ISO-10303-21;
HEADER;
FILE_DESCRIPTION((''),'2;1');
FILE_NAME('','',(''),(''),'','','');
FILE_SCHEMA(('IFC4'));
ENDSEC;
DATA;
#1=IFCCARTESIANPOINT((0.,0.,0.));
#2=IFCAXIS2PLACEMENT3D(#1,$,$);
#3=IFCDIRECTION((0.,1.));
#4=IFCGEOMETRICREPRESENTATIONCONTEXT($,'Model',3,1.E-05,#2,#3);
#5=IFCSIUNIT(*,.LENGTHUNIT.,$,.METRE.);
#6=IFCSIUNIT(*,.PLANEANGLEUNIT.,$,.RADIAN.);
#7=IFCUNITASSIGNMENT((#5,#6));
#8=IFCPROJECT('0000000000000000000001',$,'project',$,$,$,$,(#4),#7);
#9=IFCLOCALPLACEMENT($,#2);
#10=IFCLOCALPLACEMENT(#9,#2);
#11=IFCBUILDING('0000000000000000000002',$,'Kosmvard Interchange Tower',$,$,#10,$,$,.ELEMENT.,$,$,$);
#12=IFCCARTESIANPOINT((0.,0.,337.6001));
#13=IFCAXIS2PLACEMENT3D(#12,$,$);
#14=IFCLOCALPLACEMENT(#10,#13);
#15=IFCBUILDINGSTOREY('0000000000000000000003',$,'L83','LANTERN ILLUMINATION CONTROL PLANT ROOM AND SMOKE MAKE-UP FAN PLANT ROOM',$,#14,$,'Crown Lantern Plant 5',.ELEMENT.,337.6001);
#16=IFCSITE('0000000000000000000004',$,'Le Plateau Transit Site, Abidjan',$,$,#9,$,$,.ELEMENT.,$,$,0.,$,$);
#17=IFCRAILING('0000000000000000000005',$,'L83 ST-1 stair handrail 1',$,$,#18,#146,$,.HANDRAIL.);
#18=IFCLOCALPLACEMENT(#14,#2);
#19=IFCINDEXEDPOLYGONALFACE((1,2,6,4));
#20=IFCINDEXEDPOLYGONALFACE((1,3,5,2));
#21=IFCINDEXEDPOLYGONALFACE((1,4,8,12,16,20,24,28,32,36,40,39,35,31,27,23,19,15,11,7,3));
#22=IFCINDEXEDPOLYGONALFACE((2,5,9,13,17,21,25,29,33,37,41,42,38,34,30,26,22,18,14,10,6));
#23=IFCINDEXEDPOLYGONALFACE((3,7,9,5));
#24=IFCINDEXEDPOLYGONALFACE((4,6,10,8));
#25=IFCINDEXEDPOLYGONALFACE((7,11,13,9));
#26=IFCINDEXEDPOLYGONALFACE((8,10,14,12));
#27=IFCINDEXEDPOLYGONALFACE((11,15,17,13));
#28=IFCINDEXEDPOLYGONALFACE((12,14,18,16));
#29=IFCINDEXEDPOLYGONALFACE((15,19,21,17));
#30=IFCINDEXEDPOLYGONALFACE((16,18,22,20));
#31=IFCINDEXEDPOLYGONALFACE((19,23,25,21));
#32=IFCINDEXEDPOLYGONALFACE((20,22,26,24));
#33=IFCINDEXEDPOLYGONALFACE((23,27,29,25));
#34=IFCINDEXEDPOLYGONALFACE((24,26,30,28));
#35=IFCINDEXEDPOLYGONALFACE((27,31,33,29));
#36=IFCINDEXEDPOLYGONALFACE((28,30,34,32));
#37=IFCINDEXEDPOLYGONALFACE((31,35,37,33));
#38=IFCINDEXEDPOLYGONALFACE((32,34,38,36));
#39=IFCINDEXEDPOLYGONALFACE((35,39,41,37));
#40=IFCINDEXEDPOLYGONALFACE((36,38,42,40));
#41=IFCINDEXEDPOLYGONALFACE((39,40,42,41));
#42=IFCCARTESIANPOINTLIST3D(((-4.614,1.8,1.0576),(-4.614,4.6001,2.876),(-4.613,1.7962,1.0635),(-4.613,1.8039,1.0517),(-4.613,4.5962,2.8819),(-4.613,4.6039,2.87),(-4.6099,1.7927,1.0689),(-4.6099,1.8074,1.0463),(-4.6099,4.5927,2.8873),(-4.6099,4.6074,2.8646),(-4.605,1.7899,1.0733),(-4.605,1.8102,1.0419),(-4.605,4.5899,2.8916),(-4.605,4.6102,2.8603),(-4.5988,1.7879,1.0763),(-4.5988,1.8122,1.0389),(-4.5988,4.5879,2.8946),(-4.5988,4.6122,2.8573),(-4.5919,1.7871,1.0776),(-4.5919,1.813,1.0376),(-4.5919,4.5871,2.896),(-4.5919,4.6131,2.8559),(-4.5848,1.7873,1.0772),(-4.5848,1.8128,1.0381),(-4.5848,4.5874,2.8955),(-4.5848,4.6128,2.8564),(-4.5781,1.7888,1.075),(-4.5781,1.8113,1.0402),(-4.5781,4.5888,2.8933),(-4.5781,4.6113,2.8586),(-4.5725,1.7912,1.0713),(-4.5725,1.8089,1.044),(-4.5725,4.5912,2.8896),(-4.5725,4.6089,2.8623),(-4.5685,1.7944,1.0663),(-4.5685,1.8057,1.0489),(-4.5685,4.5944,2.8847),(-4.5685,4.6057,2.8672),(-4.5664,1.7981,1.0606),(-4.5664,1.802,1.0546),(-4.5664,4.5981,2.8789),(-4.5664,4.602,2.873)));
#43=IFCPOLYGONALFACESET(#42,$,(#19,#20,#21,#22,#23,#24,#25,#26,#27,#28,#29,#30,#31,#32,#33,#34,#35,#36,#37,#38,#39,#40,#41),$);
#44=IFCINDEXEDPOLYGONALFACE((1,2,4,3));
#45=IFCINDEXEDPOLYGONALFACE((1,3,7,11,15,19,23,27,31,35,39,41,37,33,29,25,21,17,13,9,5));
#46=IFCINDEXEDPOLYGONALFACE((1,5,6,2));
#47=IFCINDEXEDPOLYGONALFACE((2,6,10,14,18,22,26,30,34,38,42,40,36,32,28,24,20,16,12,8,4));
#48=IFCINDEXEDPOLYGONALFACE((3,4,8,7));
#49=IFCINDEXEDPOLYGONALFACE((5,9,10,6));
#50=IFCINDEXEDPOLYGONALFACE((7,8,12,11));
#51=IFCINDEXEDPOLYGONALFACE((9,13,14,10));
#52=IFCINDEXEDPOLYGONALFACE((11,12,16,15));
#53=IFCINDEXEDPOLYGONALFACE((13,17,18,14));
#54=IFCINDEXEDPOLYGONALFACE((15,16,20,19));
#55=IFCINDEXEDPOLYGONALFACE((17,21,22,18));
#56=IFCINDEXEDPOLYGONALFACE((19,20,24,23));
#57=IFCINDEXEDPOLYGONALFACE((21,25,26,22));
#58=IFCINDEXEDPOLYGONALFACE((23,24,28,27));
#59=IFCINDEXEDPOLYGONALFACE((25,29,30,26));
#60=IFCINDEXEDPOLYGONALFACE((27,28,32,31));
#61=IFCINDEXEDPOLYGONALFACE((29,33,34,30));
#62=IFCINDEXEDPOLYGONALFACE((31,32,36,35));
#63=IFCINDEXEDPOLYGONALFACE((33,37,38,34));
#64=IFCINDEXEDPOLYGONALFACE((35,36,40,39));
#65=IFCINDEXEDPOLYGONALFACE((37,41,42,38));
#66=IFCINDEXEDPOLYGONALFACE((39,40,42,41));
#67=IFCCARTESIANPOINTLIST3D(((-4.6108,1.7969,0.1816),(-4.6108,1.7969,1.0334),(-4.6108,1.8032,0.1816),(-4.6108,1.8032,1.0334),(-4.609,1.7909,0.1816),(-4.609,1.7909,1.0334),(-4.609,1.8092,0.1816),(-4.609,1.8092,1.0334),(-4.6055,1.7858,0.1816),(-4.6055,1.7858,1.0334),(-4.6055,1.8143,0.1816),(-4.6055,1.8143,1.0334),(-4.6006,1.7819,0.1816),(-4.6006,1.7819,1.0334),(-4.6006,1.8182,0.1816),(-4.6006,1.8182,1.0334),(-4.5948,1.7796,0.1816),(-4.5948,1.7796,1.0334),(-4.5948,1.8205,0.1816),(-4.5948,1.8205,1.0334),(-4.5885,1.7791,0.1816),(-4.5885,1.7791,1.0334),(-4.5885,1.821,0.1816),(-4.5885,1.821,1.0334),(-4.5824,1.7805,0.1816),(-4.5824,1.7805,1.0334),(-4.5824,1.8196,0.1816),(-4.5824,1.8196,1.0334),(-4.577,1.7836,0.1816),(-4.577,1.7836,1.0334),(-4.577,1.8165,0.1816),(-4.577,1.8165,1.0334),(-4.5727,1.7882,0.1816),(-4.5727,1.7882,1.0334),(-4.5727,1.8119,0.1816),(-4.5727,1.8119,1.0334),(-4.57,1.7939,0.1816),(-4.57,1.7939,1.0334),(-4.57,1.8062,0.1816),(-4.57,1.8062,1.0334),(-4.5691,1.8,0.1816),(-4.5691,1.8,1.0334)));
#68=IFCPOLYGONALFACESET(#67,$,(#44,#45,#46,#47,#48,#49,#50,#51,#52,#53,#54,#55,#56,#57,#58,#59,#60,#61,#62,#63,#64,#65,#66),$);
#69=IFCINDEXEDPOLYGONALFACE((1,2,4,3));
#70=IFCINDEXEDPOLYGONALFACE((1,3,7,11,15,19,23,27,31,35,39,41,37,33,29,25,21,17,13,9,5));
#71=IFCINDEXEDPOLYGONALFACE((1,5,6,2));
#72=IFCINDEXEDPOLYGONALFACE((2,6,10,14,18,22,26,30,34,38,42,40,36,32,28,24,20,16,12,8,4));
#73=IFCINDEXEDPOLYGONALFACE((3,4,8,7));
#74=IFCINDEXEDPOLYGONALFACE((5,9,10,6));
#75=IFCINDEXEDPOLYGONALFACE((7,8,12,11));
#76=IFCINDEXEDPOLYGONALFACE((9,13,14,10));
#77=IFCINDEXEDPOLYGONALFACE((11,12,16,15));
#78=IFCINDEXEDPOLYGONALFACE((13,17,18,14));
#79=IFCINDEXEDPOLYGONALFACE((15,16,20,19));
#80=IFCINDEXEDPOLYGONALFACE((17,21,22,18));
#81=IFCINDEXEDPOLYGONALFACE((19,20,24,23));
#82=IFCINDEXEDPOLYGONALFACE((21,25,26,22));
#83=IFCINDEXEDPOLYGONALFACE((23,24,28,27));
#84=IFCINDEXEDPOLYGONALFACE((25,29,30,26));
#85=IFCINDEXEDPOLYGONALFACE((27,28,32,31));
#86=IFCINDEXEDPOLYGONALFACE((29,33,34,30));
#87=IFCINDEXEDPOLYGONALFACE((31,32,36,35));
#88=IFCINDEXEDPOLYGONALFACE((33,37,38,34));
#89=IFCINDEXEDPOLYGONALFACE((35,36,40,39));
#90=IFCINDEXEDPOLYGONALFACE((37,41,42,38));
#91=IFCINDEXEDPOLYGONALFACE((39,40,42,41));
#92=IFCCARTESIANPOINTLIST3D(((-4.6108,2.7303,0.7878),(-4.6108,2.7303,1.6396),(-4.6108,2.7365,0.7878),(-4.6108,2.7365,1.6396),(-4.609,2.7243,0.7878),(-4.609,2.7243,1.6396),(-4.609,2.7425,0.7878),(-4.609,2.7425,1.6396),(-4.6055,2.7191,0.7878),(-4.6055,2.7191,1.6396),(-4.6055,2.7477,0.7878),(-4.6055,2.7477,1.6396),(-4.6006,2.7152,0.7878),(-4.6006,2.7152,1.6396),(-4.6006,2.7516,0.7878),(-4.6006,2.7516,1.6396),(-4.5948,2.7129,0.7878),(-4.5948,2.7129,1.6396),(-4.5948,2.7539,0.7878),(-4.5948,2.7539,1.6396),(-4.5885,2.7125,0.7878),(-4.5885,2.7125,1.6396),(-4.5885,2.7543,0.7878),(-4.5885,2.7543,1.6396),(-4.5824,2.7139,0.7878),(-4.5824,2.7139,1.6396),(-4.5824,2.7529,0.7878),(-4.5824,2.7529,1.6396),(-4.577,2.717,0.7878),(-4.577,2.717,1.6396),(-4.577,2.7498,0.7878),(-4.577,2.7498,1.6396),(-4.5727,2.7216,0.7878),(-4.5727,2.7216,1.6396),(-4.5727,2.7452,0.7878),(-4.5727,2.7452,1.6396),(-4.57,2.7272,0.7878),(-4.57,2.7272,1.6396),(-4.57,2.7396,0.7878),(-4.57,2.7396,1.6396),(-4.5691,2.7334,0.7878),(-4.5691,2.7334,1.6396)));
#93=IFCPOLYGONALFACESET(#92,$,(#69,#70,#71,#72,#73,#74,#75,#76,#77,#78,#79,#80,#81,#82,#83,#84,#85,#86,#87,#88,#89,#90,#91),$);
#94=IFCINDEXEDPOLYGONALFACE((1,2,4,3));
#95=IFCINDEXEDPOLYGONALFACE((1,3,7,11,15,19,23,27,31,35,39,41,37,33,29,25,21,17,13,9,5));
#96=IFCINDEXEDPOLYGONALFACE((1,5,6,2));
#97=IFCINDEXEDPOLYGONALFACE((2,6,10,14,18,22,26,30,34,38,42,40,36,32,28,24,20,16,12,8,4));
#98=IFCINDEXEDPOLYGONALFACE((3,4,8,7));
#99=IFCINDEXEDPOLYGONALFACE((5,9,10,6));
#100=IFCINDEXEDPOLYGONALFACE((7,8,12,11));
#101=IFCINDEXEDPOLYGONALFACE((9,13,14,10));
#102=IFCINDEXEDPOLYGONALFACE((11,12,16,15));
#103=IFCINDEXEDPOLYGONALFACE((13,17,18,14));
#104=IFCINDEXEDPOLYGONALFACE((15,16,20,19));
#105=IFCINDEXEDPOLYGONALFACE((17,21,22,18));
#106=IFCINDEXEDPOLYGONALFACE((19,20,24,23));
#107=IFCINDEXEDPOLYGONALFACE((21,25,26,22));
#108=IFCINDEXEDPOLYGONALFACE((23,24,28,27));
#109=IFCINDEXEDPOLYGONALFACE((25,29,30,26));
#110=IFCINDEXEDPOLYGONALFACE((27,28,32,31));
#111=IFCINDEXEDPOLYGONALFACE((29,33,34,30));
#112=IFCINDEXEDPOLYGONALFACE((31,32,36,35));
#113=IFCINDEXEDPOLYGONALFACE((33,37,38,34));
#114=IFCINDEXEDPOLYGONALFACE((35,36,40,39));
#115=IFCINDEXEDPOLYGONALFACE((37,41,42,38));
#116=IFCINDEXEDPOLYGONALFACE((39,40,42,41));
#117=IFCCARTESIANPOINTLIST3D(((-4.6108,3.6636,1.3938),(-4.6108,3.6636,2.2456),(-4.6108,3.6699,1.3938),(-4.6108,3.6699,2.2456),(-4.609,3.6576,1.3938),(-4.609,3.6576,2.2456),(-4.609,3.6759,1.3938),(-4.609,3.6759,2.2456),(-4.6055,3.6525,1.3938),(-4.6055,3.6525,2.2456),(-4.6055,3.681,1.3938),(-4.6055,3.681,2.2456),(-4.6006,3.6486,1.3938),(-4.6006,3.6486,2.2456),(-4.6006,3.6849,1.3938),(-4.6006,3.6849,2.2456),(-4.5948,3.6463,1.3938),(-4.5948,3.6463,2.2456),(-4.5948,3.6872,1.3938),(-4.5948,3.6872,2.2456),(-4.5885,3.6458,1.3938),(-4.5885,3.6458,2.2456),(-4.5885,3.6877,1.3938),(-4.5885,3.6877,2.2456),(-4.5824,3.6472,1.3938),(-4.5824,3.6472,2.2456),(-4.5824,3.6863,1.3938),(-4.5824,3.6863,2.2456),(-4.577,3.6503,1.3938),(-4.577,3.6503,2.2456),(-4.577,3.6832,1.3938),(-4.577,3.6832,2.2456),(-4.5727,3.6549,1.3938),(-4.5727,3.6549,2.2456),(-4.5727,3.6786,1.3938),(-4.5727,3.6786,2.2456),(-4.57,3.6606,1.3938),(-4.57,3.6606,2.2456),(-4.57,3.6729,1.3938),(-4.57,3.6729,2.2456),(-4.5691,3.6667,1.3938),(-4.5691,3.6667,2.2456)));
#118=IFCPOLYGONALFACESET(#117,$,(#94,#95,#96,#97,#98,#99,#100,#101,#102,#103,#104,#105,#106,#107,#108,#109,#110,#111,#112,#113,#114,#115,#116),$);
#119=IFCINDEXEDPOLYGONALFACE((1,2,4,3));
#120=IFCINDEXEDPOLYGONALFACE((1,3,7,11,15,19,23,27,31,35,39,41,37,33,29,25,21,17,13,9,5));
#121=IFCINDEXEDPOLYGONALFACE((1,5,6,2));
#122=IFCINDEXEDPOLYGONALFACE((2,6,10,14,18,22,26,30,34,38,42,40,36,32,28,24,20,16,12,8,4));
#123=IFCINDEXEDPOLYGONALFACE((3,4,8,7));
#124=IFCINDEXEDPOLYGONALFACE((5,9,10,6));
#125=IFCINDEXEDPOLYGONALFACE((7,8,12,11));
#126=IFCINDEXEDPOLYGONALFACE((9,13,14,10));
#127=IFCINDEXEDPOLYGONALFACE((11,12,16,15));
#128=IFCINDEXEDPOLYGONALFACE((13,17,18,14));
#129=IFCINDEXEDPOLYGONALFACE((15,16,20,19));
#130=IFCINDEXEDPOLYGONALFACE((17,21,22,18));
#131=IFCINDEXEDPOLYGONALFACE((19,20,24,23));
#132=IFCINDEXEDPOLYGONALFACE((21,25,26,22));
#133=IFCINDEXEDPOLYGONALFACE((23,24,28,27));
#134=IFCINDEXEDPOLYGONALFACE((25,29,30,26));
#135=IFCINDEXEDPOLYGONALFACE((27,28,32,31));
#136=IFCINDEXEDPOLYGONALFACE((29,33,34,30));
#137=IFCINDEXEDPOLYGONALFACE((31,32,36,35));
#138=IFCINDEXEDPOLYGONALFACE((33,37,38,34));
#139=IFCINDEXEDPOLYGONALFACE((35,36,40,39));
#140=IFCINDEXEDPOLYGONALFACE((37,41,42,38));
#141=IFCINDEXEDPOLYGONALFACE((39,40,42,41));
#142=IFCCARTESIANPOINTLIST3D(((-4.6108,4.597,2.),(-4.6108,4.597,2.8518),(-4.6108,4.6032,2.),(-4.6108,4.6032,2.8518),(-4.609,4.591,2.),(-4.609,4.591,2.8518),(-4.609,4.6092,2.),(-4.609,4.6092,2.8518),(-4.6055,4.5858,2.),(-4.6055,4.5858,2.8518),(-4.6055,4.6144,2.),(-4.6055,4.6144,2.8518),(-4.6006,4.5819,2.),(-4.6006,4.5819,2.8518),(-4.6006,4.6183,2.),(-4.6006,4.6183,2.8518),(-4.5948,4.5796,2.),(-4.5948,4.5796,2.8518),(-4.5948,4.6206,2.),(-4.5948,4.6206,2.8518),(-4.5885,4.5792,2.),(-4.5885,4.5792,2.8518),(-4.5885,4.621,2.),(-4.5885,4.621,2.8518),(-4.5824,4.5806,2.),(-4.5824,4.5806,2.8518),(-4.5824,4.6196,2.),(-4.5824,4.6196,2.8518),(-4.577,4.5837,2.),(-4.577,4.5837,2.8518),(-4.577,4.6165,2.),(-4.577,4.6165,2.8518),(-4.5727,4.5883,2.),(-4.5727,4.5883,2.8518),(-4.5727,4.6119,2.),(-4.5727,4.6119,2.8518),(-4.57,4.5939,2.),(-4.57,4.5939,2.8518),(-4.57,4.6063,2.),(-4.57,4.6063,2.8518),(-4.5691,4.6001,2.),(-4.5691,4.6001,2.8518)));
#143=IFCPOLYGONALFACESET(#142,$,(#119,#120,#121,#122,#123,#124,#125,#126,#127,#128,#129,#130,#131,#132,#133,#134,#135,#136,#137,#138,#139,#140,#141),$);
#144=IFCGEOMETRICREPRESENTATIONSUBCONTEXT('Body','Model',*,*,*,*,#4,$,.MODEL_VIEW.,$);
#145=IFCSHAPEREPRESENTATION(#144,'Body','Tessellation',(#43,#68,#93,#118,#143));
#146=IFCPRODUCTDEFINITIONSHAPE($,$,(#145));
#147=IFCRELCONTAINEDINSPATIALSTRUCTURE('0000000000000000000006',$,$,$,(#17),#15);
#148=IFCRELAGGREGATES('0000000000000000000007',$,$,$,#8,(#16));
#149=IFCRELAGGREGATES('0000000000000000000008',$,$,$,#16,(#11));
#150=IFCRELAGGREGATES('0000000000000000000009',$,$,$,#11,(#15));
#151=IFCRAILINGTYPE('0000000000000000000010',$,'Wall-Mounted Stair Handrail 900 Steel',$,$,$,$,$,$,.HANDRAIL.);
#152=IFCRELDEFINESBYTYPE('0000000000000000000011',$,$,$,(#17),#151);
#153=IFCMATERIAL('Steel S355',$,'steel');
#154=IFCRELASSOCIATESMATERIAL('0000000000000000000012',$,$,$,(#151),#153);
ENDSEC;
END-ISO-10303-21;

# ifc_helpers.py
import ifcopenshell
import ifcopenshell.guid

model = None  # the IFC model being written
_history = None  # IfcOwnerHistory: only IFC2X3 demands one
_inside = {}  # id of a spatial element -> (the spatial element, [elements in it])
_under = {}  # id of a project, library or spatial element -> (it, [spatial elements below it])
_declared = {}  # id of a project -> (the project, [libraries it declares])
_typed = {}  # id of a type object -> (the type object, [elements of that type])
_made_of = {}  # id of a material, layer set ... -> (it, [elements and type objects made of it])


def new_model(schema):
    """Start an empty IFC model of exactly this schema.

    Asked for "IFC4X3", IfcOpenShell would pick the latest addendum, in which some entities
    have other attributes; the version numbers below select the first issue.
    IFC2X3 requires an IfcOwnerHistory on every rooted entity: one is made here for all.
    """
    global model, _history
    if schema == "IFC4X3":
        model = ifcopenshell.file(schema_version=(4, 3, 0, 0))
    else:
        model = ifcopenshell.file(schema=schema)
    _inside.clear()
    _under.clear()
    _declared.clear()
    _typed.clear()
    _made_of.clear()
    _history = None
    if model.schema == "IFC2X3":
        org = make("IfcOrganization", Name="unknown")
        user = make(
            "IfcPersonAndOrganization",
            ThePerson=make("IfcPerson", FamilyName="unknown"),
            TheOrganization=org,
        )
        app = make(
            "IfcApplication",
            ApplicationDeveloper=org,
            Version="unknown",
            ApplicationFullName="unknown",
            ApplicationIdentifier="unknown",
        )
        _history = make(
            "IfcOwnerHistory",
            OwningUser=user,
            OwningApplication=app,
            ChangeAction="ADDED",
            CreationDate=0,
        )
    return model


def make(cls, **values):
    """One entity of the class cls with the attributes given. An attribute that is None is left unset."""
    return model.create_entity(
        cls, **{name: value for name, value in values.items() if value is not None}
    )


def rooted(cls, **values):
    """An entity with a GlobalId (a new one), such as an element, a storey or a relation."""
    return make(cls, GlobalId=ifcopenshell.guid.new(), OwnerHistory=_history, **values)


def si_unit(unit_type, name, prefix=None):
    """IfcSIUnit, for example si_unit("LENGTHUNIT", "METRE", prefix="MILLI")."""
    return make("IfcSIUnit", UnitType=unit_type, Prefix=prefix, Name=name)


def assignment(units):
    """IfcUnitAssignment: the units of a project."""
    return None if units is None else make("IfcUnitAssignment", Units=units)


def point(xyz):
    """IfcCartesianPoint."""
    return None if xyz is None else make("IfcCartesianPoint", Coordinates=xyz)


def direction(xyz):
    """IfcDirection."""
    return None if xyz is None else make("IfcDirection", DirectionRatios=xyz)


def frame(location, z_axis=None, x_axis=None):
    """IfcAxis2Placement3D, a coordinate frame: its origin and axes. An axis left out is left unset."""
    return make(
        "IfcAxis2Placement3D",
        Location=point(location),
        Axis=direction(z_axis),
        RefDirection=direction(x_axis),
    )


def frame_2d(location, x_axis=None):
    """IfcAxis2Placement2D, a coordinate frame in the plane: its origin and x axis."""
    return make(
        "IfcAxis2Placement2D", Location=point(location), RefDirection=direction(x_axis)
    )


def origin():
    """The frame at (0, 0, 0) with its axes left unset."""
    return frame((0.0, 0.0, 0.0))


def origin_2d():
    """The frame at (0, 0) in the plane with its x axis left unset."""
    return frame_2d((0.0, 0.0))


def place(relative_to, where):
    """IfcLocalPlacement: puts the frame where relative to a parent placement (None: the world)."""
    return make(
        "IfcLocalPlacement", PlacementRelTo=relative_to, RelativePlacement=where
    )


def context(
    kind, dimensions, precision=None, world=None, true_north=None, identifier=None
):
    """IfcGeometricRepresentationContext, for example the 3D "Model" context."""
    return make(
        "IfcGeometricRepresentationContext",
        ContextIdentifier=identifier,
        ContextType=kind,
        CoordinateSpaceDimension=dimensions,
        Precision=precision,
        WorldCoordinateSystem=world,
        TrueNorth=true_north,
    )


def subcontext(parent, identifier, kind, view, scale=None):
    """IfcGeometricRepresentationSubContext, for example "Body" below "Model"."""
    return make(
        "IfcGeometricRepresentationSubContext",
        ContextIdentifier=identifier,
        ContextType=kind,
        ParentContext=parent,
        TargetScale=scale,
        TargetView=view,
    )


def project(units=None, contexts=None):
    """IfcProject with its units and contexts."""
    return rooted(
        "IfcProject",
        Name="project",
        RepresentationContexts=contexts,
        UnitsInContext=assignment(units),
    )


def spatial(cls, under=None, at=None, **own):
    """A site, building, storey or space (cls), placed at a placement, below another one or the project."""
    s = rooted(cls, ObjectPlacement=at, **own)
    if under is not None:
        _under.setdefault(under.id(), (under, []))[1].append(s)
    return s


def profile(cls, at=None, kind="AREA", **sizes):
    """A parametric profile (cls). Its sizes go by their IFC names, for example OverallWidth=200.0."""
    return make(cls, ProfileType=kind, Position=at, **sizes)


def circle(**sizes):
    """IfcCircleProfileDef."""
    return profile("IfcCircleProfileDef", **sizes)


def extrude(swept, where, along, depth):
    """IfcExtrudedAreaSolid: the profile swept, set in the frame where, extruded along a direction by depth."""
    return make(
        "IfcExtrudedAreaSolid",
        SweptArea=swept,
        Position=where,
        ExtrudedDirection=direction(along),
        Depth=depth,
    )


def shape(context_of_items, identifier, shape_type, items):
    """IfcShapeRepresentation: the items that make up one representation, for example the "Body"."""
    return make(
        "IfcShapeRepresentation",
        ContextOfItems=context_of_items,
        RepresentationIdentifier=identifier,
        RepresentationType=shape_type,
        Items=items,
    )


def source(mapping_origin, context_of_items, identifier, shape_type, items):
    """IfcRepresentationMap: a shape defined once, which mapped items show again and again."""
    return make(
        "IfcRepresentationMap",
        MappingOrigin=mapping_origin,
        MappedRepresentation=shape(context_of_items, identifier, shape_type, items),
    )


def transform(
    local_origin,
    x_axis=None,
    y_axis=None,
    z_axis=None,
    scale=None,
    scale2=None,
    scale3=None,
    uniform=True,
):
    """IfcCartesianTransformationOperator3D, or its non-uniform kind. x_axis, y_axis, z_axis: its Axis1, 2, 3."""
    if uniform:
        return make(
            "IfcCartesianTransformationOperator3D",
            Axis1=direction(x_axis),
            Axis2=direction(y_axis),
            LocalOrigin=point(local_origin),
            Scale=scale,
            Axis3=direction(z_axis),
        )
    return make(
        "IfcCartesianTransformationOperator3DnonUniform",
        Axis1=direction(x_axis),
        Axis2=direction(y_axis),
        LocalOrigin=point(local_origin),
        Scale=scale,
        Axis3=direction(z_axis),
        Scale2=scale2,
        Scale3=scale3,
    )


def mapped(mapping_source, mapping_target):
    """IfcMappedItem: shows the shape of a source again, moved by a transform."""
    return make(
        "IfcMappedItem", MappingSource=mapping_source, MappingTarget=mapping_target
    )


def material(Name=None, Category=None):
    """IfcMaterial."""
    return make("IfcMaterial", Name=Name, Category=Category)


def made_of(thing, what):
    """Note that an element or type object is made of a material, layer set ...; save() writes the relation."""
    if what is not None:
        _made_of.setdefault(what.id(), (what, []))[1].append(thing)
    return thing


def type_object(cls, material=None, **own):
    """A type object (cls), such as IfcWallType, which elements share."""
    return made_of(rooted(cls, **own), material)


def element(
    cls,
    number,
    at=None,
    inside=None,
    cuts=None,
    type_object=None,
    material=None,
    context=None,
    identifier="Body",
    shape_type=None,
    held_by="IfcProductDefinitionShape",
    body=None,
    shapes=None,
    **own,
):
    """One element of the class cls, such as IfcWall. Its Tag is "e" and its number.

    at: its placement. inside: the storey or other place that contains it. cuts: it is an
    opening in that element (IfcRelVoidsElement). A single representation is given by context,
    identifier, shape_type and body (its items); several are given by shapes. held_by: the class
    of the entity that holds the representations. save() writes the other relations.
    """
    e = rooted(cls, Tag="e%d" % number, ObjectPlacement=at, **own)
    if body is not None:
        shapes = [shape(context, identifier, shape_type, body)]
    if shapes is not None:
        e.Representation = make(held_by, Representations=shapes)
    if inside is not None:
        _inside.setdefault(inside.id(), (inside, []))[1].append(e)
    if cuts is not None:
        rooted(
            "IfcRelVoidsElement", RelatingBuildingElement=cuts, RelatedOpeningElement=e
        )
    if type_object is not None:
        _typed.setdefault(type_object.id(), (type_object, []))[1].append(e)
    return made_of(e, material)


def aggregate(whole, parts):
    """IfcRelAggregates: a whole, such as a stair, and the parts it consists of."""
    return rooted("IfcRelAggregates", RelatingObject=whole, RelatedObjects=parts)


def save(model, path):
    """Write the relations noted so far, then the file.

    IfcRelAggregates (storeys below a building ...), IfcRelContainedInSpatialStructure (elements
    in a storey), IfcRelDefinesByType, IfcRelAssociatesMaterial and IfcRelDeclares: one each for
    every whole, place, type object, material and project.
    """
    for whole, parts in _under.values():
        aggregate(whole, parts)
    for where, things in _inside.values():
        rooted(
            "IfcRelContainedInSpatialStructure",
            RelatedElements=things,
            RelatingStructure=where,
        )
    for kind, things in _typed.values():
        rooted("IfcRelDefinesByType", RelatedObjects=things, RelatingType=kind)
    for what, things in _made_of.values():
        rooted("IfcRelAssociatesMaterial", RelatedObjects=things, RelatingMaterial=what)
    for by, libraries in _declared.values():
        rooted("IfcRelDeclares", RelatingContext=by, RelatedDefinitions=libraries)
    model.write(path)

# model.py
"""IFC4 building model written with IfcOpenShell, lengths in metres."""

from ifc_helpers import new_model, si_unit, direction, frame, origin, origin_2d, place, context, subcontext, project, spatial, circle, extrude, source, transform, mapped, material, type_object, element, save


model = new_model("IFC4")

# Units and contexts
model_context = context("Model", 3, precision=1e-05, world=origin(), true_north=direction((0.0, 1.0)))
body_context = subcontext(model_context, "Body", "Model", "MODEL_VIEW")
ifc_project = project(units=[si_unit("LENGTHUNIT", "METRE"), si_unit("PLANEANGLEUNIT", "RADIAN")], contexts=[model_context])

# Site, building, storey
site_placement = place(None, origin())
site = spatial("IfcSite", under=ifc_project, at=site_placement, Name="Le Plateau Transit Site, Abidjan", CompositionType="ELEMENT", RefElevation=0.0)
building_placement = place(site_placement, origin())
building = spatial("IfcBuilding", under=site, at=building_placement, Name="Kosmvard Interchange Tower", CompositionType="ELEMENT")
storey_placement = place(building_placement, frame((0.0, 0.0, 337.6001)))
storey = spatial("IfcBuildingStorey", under=building, at=storey_placement, Name="L83", Description="LANTERN ILLUMINATION CONTROL PLANT ROOM AND SMOKE MAKE-UP FAN PLANT ROOM", LongName="Crown Lantern Plant 5", CompositionType="ELEMENT", Elevation=337.6001)

# Shared definitions
ifc_material_1 = material(Name="Steel S355", Category="steel")

# Railing
railing_type_1 = type_object("IfcRailingType", Name="Wall-Mounted Stair Handrail 900 Steel", PredefinedType="HANDRAIL", material=ifc_material_1)
shared_shape_1 = source(origin(), body_context, "Body", "SweptSolid", [
    extrude(circle(Radius=0.0239, at=origin_2d()), frame((0.0, 0.0, 0.876), z_axis=(0.0, 0.838672, 0.544636), x_axis=(-1.0, 0.0, 0.0)), (0.0, 0.0, 1.0), 3.3386),
    extrude(circle(Radius=0.021, at=origin_2d()), origin(), (0.0, 0.0, 1.0), 0.8518),
    extrude(circle(Radius=0.021, at=origin_2d()), frame((0.0, 0.9333, 0.6062)), (0.0, 0.0, 1.0), 0.8518),
    extrude(circle(Radius=0.021, at=origin_2d()), frame((0.0, 1.8667, 1.2122)), (0.0, 0.0, 1.0), 0.8518),
    extrude(circle(Radius=0.021, at=origin_2d()), frame((0.0, 2.8, 1.8184)), (0.0, 0.0, 1.0), 0.8518),
])
railing_1_placement = place(storey_placement, frame((-4.5901, 1.8, 0.1816)))
element("IfcRailing", 1, at=railing_1_placement, inside=storey, type_object=railing_type_1, Name="L83 ST-1 stair handrail 1", PredefinedType="HANDRAIL", context=body_context, shape_type="MappedRepresentation", body=[
    mapped(shared_shape_1, transform((0.0, 0.0, 0.0), scale=1.0)),
])

save(model, "model.ifc")
